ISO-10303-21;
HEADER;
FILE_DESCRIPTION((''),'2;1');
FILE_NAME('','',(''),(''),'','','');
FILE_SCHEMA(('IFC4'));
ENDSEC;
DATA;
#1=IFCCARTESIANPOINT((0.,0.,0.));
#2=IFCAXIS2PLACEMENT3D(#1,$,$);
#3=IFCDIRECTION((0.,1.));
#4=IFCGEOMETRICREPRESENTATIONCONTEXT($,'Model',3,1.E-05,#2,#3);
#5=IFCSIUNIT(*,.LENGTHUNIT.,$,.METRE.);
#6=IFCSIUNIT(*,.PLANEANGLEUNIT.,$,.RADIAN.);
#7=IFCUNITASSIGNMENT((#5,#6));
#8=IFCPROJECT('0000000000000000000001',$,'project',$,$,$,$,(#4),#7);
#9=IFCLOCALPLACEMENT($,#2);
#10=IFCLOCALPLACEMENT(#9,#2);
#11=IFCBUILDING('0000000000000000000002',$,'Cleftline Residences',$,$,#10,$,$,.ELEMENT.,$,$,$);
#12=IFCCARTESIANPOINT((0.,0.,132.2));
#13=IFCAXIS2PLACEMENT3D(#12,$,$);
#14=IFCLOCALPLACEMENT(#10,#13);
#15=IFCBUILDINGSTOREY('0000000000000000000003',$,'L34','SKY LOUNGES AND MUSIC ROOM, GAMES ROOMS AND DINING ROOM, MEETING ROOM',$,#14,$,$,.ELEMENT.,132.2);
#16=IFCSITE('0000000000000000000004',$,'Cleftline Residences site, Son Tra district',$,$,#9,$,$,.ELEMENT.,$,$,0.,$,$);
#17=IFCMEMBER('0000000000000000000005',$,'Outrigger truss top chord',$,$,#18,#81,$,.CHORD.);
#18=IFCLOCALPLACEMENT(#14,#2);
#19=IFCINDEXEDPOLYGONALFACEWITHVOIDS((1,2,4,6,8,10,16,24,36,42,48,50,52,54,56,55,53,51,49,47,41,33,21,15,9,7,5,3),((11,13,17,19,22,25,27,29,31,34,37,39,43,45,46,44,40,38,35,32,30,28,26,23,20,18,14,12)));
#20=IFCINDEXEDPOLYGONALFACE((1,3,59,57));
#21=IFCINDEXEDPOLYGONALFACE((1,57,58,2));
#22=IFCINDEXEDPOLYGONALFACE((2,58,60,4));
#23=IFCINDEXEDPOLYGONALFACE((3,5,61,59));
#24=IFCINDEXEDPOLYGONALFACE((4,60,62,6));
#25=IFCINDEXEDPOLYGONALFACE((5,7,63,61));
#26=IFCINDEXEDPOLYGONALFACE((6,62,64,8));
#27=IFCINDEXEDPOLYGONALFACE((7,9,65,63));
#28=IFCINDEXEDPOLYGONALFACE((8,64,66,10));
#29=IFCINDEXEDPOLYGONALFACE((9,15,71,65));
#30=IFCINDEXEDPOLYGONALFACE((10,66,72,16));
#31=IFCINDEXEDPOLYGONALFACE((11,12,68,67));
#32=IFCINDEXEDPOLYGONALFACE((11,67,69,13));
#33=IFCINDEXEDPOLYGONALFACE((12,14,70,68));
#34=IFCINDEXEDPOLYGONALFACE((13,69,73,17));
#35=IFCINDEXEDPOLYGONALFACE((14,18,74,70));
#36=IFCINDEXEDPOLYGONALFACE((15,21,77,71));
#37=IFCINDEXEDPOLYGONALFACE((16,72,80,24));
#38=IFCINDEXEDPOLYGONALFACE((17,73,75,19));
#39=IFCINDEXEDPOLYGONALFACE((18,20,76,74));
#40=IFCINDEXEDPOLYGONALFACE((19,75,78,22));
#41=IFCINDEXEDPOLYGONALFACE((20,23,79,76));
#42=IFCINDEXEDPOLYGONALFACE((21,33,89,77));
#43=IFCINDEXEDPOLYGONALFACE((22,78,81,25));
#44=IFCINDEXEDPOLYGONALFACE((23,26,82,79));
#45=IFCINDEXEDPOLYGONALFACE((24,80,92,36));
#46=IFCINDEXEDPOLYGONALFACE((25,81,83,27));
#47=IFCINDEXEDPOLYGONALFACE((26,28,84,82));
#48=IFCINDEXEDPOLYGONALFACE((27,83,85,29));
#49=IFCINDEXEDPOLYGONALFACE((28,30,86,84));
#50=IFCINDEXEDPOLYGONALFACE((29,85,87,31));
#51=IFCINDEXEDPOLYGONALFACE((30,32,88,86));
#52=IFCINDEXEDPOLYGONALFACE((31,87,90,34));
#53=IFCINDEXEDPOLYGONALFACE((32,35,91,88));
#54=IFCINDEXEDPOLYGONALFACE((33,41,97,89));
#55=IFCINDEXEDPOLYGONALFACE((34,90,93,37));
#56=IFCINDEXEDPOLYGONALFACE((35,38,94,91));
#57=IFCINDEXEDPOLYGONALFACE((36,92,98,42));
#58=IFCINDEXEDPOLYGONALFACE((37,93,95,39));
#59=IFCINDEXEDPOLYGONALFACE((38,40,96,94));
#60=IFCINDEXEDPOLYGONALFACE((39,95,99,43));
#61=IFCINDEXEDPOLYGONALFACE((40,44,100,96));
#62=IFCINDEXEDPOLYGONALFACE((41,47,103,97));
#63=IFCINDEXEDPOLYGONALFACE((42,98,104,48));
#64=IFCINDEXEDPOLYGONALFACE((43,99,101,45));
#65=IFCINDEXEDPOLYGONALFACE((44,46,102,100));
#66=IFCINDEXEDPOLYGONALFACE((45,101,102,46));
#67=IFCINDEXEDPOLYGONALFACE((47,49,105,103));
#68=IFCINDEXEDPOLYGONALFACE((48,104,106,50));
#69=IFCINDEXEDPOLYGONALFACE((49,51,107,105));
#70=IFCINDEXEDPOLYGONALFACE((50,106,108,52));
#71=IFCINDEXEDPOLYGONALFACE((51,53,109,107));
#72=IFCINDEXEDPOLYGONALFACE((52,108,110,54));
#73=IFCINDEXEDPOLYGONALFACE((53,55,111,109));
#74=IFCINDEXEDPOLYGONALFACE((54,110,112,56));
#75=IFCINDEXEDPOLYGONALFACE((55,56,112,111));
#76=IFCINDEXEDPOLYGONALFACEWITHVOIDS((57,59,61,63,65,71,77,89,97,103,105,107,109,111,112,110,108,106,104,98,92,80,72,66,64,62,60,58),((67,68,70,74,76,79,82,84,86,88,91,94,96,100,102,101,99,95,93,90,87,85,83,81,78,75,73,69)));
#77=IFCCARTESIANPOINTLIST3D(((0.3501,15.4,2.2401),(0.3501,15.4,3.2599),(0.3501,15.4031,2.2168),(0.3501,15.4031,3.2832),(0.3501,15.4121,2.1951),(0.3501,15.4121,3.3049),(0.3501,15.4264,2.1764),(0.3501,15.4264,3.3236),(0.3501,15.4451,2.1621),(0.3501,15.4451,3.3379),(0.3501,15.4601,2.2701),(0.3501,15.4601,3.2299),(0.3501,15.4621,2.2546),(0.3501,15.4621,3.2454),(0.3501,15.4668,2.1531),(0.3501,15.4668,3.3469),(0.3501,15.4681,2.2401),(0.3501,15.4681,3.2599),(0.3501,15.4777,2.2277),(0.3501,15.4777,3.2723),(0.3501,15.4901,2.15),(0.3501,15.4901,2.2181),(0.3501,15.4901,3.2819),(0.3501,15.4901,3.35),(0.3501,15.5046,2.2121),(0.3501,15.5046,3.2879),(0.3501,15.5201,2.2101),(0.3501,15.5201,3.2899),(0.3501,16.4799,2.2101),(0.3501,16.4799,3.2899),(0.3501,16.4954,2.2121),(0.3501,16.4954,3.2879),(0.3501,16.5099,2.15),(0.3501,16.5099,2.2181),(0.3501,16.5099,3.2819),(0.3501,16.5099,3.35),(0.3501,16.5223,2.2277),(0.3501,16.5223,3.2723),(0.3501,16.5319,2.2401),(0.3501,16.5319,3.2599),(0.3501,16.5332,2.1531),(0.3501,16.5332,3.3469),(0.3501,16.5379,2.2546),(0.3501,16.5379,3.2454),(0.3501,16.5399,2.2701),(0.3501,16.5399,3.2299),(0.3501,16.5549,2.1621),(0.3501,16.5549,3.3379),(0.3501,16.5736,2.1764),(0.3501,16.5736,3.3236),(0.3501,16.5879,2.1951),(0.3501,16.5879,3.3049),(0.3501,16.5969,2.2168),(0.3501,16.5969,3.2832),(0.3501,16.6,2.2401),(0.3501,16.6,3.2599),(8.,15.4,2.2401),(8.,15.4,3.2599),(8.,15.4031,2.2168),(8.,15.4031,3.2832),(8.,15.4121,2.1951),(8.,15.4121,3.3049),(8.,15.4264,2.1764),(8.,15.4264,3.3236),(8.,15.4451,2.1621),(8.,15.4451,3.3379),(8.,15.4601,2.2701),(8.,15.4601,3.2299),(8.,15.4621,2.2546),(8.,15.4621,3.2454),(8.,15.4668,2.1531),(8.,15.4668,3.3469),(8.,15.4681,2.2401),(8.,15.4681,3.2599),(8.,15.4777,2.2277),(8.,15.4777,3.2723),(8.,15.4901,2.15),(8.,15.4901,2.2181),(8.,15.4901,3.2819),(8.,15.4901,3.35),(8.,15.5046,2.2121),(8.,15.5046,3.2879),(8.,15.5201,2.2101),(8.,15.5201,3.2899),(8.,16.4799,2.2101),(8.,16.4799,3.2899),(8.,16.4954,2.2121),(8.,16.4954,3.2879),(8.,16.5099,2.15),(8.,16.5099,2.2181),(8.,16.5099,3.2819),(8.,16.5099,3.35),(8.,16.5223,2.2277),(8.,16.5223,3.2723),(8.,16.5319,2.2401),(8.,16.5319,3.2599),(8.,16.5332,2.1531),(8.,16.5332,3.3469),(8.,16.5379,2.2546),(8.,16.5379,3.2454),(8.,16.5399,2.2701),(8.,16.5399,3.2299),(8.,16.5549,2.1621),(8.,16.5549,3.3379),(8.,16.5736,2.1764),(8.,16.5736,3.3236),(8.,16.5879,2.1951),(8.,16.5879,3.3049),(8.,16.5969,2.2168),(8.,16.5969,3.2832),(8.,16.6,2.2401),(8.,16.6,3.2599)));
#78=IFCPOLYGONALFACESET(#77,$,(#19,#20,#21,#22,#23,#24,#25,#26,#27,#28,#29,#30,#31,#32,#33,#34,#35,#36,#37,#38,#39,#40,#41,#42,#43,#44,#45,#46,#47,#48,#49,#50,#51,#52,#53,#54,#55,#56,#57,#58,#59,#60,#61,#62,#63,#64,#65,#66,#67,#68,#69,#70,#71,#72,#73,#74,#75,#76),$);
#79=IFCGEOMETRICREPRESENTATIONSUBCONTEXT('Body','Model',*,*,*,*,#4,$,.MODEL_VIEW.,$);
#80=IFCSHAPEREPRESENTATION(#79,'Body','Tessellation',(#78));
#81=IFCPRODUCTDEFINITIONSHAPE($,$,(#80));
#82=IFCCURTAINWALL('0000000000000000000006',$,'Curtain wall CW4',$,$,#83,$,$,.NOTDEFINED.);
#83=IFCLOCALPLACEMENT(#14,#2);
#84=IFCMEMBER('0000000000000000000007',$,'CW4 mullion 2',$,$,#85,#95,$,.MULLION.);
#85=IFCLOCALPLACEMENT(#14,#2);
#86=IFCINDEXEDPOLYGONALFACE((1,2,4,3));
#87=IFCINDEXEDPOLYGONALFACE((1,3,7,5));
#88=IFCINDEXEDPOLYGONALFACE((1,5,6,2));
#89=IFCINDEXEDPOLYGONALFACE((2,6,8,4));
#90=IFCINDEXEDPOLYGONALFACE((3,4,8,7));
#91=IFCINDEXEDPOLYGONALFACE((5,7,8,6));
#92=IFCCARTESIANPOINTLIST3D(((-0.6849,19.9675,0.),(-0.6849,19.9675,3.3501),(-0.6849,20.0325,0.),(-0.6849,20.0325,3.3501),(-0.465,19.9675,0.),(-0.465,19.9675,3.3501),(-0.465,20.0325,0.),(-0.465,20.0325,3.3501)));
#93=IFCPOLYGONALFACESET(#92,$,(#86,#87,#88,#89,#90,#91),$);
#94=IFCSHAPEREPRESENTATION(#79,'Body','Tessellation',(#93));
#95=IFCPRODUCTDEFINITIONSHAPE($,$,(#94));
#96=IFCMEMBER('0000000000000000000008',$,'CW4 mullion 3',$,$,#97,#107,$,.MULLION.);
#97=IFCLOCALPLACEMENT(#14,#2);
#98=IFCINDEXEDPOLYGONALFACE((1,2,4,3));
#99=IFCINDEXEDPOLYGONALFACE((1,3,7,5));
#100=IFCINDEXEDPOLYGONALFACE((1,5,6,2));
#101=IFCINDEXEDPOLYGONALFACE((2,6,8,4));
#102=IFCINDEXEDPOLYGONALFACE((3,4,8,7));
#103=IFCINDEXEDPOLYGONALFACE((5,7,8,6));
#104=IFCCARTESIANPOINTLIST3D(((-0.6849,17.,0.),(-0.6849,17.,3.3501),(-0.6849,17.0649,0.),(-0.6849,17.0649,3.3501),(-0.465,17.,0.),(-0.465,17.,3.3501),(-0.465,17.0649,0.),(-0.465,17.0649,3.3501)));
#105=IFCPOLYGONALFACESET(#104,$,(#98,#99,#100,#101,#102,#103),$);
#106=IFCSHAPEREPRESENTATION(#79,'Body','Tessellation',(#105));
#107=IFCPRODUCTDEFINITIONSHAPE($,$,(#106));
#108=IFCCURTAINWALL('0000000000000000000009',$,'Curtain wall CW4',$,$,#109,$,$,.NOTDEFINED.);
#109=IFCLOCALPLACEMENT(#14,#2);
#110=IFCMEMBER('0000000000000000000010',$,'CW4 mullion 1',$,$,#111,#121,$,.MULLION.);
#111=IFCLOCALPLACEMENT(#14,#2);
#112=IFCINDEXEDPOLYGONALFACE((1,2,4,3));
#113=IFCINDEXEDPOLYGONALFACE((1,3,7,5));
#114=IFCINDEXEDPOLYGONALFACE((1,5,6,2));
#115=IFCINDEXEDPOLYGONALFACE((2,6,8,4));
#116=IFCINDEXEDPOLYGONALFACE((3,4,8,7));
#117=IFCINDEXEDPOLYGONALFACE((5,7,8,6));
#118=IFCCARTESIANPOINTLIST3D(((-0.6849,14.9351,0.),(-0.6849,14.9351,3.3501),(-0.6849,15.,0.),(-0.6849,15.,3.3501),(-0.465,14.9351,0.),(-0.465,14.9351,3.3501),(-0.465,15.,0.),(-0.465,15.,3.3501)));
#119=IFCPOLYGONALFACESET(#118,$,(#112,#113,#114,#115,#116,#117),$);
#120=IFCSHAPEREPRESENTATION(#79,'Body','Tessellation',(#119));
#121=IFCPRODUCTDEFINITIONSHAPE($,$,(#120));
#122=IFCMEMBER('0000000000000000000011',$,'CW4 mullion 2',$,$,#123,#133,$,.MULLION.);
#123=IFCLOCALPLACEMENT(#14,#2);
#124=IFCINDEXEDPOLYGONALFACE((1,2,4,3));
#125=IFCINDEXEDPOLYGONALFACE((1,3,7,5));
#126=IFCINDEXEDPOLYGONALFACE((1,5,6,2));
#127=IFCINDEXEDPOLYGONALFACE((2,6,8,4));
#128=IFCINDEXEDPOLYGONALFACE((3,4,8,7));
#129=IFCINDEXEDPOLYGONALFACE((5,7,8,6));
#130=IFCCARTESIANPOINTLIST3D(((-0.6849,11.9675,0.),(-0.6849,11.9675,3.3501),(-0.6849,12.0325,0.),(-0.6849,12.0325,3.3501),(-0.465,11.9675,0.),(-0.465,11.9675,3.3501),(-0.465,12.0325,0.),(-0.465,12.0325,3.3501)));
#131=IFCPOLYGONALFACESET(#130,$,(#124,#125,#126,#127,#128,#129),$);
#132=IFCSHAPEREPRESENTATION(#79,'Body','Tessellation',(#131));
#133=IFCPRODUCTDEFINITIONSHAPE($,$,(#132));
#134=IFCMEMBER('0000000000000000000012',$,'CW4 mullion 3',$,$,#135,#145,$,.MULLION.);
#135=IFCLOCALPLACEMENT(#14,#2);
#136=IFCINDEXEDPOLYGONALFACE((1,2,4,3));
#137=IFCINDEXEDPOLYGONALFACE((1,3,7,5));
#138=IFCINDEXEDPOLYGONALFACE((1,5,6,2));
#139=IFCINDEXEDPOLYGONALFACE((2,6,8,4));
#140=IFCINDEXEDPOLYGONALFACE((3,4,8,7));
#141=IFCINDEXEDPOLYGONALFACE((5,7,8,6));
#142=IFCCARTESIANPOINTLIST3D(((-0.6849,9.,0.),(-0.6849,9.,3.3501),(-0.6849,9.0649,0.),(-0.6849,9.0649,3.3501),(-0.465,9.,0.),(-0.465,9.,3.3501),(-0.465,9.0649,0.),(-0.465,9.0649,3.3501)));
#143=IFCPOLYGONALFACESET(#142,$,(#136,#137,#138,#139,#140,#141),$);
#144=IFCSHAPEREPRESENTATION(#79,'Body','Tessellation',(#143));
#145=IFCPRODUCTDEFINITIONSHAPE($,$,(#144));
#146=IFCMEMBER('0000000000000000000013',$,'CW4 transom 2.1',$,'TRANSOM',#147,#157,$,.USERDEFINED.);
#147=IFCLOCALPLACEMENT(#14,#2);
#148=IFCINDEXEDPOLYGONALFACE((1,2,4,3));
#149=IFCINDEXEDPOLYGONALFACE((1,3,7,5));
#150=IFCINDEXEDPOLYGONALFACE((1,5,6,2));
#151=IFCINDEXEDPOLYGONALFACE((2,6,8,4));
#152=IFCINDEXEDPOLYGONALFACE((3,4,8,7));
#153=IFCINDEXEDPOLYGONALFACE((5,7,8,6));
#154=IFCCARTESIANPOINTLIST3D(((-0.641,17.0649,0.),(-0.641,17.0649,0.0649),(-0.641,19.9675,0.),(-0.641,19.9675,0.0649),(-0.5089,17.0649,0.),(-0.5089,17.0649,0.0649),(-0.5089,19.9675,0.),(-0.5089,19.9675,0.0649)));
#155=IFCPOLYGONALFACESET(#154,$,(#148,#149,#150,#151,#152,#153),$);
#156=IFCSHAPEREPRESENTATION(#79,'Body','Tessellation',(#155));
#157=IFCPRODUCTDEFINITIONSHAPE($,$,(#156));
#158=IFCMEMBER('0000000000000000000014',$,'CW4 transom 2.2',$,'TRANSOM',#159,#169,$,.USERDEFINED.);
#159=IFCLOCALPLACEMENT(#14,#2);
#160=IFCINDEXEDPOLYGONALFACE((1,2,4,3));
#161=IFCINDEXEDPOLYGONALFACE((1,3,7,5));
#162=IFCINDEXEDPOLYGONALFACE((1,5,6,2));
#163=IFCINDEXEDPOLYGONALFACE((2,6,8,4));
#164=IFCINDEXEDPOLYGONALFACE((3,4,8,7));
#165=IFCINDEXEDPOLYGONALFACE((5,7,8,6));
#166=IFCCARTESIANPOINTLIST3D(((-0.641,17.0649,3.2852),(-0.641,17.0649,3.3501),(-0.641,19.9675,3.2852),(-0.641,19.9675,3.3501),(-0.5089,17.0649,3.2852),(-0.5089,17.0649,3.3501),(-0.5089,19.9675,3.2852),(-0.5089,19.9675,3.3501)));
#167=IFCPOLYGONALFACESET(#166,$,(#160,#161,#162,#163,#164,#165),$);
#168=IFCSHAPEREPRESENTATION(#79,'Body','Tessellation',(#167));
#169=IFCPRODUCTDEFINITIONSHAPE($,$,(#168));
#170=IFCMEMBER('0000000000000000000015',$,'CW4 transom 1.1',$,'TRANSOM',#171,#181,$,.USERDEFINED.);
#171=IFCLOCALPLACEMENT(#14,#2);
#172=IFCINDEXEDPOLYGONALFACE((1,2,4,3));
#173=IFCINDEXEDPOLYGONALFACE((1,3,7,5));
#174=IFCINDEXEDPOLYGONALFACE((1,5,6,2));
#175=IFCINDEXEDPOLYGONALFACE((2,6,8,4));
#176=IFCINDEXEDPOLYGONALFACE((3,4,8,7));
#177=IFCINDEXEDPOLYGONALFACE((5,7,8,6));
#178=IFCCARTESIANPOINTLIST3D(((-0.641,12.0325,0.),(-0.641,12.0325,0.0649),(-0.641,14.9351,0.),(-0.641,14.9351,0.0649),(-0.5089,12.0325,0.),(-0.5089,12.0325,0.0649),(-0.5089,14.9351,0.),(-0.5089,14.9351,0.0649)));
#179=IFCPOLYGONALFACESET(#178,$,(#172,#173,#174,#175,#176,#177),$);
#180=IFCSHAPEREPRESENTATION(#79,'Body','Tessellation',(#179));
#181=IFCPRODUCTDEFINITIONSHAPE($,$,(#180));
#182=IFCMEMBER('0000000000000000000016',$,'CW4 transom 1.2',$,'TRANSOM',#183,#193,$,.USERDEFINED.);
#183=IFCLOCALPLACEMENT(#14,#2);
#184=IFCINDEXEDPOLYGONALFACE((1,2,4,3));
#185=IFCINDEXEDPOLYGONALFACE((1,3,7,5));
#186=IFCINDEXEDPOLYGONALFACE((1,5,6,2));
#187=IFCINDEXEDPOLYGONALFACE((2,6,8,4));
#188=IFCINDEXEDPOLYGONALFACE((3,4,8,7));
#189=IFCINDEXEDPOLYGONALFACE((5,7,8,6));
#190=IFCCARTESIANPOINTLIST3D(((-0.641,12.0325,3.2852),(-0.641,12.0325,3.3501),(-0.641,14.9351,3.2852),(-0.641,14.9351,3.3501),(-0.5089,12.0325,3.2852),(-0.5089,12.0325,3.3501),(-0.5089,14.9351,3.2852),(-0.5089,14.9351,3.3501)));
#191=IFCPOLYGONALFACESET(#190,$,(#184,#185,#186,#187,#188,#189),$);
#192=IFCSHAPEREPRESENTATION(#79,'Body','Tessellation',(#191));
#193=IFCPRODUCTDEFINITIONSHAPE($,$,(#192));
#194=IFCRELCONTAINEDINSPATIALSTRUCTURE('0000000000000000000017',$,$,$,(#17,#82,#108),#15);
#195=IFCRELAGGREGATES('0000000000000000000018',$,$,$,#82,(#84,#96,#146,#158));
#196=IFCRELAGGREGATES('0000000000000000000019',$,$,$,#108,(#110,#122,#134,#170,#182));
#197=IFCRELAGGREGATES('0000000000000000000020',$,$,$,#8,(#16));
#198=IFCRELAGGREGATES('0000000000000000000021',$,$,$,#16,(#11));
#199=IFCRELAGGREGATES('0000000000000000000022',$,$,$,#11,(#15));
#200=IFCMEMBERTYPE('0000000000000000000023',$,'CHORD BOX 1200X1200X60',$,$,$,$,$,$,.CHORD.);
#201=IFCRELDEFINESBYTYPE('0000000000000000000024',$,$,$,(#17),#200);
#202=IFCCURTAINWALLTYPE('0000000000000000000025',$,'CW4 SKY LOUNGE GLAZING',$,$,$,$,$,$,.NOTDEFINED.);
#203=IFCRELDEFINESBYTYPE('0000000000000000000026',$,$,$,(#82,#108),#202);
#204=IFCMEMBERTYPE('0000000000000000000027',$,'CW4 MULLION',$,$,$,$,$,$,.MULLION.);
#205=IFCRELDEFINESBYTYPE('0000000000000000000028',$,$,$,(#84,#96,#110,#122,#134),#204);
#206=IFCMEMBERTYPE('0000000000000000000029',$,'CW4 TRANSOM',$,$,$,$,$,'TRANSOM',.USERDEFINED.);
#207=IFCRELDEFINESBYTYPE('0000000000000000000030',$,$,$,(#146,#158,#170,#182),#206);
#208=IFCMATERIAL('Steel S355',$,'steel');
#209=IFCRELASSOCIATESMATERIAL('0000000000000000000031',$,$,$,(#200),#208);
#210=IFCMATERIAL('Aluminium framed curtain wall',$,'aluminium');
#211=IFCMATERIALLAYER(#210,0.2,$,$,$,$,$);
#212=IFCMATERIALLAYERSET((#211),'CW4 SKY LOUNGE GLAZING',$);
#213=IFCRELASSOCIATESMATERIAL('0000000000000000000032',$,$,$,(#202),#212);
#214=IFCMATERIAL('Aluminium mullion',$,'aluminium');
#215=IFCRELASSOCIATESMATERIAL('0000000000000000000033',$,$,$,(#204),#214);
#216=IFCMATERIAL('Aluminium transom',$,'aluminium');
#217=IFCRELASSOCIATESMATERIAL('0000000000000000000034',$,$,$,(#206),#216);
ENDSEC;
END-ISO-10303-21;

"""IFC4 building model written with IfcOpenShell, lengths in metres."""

from ifc_helpers import new_model, si_unit, direction, frame, origin, origin_2d, place, context, subcontext, project, spatial, rectangle, hollow_rectangle, extrude, material, layer, layer_set, material_profile, profile_set, type_object, element, aggregate, save


model = new_model("IFC4")

# Units and contexts
model_context = context("Model", 3, precision=1e-05, world=origin(), true_north=direction((0.0, 1.0)))
body_context = subcontext(model_context, "Body", "Model", "MODEL_VIEW")
ifc_project = project(units=[si_unit("LENGTHUNIT", "METRE"), si_unit("PLANEANGLEUNIT", "RADIAN")], contexts=[model_context])

# Site, building, storey
site_placement = place(None, origin())
site = spatial("IfcSite", under=ifc_project, at=site_placement, Name="Cleftline Residences site, Son Tra district", CompositionType="ELEMENT", RefElevation=0.0)
building_placement = place(site_placement, origin())
building = spatial("IfcBuilding", under=site, at=building_placement, Name="Cleftline Residences", CompositionType="ELEMENT")
storey_placement = place(building_placement, frame((0.0, 0.0, 132.2)))
storey = spatial("IfcBuildingStorey", under=building, at=storey_placement, Name="L34", Description="SKY LOUNGES AND MUSIC ROOM, GAMES ROOMS AND DINING ROOM, MEETING ROOM", CompositionType="ELEMENT", Elevation=132.2)

# Member
ifc_material_1 = material(Name="Steel S355", Category="steel")
ifc_material_profile_1 = material_profile(ifc_material_1, hollow_rectangle(XDim=1.2, YDim=1.2, WallThickness=0.0601, InnerFilletRadius=0.0601, OuterFilletRadius=0.0901, at=origin_2d()))
ifc_profile_set_1 = profile_set([ifc_material_profile_1], Name="Steel S355")
member_type_1 = type_object("IfcMemberType", Name="CHORD BOX 1200X1200X60", PredefinedType="CHORD", material=ifc_profile_set_1)
for number, where, z_axis, x_axis, name in (
    (1, (8.0, 16.0, 2.75), (-1.0, 0.0, 0.0), (0.0, -1.0, 0.0), "Outrigger truss top chord"),
):
    element("IfcMember", number, at=place(storey_placement, frame(where, z_axis=z_axis, x_axis=x_axis)), inside=storey, type_object=member_type_1, Name=name, PredefinedType="CHORD", context=body_context, shape_type="SweptSolid", body=[
        extrude(hollow_rectangle(XDim=1.2, YDim=1.2, WallThickness=0.0601, InnerFilletRadius=0.0601, OuterFilletRadius=0.0901, at=origin_2d()), origin(), (0.0, 0.0, 1.0), 7.6499),
    ])

# Curtain walls, members
ifc_material_2 = material(Name="Aluminium framed curtain wall", Category="aluminium")
ifc_layer_1 = layer(ifc_material_2, 0.2)
ifc_layer_set_1 = layer_set([ifc_layer_1], Name="CW4 SKY LOUNGE GLAZING")
curtain_wall_type = type_object("IfcCurtainWallType", Name="CW4 SKY LOUNGE GLAZING", PredefinedType="NOTDEFINED", material=ifc_layer_set_1)
curtain_wall_1_placement = place(storey_placement, origin())
curtain_wall_1 = element("IfcCurtainWall", 2, at=curtain_wall_1_placement, inside=storey, type_object=curtain_wall_type, Name="Curtain wall CW4", PredefinedType="NOTDEFINED")
ifc_material_3 = material(Name="Aluminium mullion", Category="aluminium")
ifc_material_profile_2 = material_profile(ifc_material_3, rectangle(XDim=0.22, YDim=0.0649, at=origin_2d()))
ifc_profile_set_2 = profile_set([ifc_material_profile_2], Name="Aluminium mullion")
member_type_2 = type_object("IfcMemberType", Name="CW4 MULLION", PredefinedType="MULLION", material=ifc_profile_set_2)
member_1_placement = place(storey_placement, frame((-0.575, 20.0, 0.0), z_axis=(0.0, 0.0, 1.0), x_axis=(1.0, 0.0, 0.0)))
member_1 = element("IfcMember", 3, at=member_1_placement, type_object=member_type_2, Name="CW4 mullion 2", PredefinedType="MULLION", context=body_context, shape_type="SweptSolid", body=[
    extrude(rectangle(XDim=0.22, YDim=0.0649, at=origin_2d()), origin(), (0.0, 0.0, 1.0), 3.3501),
])
member_2_placement = place(storey_placement, frame((-0.575, 17.0325, 0.0), z_axis=(0.0, 0.0, 1.0), x_axis=(1.0, 0.0, 0.0)))
member_2 = element("IfcMember", 4, at=member_2_placement, type_object=member_type_2, Name="CW4 mullion 3", PredefinedType="MULLION", context=body_context, shape_type="SweptSolid", body=[
    extrude(rectangle(XDim=0.22, YDim=0.0649, at=origin_2d()), origin(), (0.0, 0.0, 1.0), 3.3501),
])
curtain_wall_2_placement = place(storey_placement, origin())
curtain_wall_2 = element("IfcCurtainWall", 5, at=curtain_wall_2_placement, inside=storey, type_object=curtain_wall_type, Name="Curtain wall CW4", PredefinedType="NOTDEFINED")
member_3_placement = place(storey_placement, frame((-0.575, 14.9675, 0.0), z_axis=(0.0, 0.0, 1.0), x_axis=(1.0, 0.0, 0.0)))
member_3 = element("IfcMember", 6, at=member_3_placement, type_object=member_type_2, Name="CW4 mullion 1", PredefinedType="MULLION", context=body_context, shape_type="SweptSolid", body=[
    extrude(rectangle(XDim=0.22, YDim=0.0649, at=origin_2d()), origin(), (0.0, 0.0, 1.0), 3.3501),
])
member_4_placement = place(storey_placement, frame((-0.575, 12.0, 0.0), z_axis=(0.0, 0.0, 1.0), x_axis=(1.0, 0.0, 0.0)))
member_4 = element("IfcMember", 7, at=member_4_placement, type_object=member_type_2, Name="CW4 mullion 2", PredefinedType="MULLION", context=body_context, shape_type="SweptSolid", body=[
    extrude(rectangle(XDim=0.22, YDim=0.0649, at=origin_2d()), origin(), (0.0, 0.0, 1.0), 3.3501),
])
member_5_placement = place(storey_placement, frame((-0.575, 9.0325, 0.0), z_axis=(0.0, 0.0, 1.0), x_axis=(1.0, 0.0, 0.0)))
member_5 = element("IfcMember", 8, at=member_5_placement, type_object=member_type_2, Name="CW4 mullion 3", PredefinedType="MULLION", context=body_context, shape_type="SweptSolid", body=[
    extrude(rectangle(XDim=0.22, YDim=0.0649, at=origin_2d()), origin(), (0.0, 0.0, 1.0), 3.3501),
])

# Members
ifc_material_4 = material(Name="Aluminium transom", Category="aluminium")
ifc_material_profile_3 = material_profile(ifc_material_4, rectangle(XDim=0.1321, YDim=0.0649, at=origin_2d()))
ifc_profile_set_3 = profile_set([ifc_material_profile_3], Name="Aluminium transom")
member_type_3 = type_object("IfcMemberType", Name="CW4 TRANSOM", ElementType="TRANSOM", PredefinedType="USERDEFINED", material=ifc_profile_set_3)
member_6_placement = place(storey_placement, frame((-0.575, 19.9675, 0.0325), z_axis=(0.0, -1.0, 0.0), x_axis=(1.0, 0.0, 0.0)))
member_6 = element("IfcMember", 9, at=member_6_placement, type_object=member_type_3, Name="CW4 transom 2.1", ObjectType="TRANSOM", PredefinedType="USERDEFINED", context=body_context, shape_type="SweptSolid", body=[
    extrude(rectangle(XDim=0.1321, YDim=0.0649, at=origin_2d()), origin(), (0.0, 0.0, 1.0), 2.9026),
])
member_7_placement = place(storey_placement, frame((-0.575, 19.9675, 3.3176), z_axis=(0.0, -1.0, 0.0), x_axis=(1.0, 0.0, 0.0)))
member_7 = element("IfcMember", 10, at=member_7_placement, type_object=member_type_3, Name="CW4 transom 2.2", ObjectType="TRANSOM", PredefinedType="USERDEFINED", context=body_context, shape_type="SweptSolid", body=[
    extrude(rectangle(XDim=0.1321, YDim=0.0649, at=origin_2d()), origin(), (0.0, 0.0, 1.0), 2.9026),
])
member_8_placement = place(storey_placement, frame((-0.575, 14.9351, 0.0325), z_axis=(0.0, -1.0, 0.0), x_axis=(1.0, 0.0, 0.0)))
member_8 = element("IfcMember", 11, at=member_8_placement, type_object=member_type_3, Name="CW4 transom 1.1", ObjectType="TRANSOM", PredefinedType="USERDEFINED", context=body_context, shape_type="SweptSolid", body=[
    extrude(rectangle(XDim=0.1321, YDim=0.0649, at=origin_2d()), origin(), (0.0, 0.0, 1.0), 2.9026),
])
member_9_placement = place(storey_placement, frame((-0.575, 14.9351, 3.3176), z_axis=(0.0, -1.0, 0.0), x_axis=(1.0, 0.0, 0.0)))
member_9 = element("IfcMember", 12, at=member_9_placement, type_object=member_type_3, Name="CW4 transom 1.2", ObjectType="TRANSOM", PredefinedType="USERDEFINED", context=body_context, shape_type="SweptSolid", body=[
    extrude(rectangle(XDim=0.1321, YDim=0.0649, at=origin_2d()), origin(), (0.0, 0.0, 1.0), 2.9026),
])

aggregate(curtain_wall_1, [member_1, member_2, member_6, member_7])
aggregate(curtain_wall_2, [member_3, member_4, member_5, member_8, member_9])

save(model, "model.ifc")
